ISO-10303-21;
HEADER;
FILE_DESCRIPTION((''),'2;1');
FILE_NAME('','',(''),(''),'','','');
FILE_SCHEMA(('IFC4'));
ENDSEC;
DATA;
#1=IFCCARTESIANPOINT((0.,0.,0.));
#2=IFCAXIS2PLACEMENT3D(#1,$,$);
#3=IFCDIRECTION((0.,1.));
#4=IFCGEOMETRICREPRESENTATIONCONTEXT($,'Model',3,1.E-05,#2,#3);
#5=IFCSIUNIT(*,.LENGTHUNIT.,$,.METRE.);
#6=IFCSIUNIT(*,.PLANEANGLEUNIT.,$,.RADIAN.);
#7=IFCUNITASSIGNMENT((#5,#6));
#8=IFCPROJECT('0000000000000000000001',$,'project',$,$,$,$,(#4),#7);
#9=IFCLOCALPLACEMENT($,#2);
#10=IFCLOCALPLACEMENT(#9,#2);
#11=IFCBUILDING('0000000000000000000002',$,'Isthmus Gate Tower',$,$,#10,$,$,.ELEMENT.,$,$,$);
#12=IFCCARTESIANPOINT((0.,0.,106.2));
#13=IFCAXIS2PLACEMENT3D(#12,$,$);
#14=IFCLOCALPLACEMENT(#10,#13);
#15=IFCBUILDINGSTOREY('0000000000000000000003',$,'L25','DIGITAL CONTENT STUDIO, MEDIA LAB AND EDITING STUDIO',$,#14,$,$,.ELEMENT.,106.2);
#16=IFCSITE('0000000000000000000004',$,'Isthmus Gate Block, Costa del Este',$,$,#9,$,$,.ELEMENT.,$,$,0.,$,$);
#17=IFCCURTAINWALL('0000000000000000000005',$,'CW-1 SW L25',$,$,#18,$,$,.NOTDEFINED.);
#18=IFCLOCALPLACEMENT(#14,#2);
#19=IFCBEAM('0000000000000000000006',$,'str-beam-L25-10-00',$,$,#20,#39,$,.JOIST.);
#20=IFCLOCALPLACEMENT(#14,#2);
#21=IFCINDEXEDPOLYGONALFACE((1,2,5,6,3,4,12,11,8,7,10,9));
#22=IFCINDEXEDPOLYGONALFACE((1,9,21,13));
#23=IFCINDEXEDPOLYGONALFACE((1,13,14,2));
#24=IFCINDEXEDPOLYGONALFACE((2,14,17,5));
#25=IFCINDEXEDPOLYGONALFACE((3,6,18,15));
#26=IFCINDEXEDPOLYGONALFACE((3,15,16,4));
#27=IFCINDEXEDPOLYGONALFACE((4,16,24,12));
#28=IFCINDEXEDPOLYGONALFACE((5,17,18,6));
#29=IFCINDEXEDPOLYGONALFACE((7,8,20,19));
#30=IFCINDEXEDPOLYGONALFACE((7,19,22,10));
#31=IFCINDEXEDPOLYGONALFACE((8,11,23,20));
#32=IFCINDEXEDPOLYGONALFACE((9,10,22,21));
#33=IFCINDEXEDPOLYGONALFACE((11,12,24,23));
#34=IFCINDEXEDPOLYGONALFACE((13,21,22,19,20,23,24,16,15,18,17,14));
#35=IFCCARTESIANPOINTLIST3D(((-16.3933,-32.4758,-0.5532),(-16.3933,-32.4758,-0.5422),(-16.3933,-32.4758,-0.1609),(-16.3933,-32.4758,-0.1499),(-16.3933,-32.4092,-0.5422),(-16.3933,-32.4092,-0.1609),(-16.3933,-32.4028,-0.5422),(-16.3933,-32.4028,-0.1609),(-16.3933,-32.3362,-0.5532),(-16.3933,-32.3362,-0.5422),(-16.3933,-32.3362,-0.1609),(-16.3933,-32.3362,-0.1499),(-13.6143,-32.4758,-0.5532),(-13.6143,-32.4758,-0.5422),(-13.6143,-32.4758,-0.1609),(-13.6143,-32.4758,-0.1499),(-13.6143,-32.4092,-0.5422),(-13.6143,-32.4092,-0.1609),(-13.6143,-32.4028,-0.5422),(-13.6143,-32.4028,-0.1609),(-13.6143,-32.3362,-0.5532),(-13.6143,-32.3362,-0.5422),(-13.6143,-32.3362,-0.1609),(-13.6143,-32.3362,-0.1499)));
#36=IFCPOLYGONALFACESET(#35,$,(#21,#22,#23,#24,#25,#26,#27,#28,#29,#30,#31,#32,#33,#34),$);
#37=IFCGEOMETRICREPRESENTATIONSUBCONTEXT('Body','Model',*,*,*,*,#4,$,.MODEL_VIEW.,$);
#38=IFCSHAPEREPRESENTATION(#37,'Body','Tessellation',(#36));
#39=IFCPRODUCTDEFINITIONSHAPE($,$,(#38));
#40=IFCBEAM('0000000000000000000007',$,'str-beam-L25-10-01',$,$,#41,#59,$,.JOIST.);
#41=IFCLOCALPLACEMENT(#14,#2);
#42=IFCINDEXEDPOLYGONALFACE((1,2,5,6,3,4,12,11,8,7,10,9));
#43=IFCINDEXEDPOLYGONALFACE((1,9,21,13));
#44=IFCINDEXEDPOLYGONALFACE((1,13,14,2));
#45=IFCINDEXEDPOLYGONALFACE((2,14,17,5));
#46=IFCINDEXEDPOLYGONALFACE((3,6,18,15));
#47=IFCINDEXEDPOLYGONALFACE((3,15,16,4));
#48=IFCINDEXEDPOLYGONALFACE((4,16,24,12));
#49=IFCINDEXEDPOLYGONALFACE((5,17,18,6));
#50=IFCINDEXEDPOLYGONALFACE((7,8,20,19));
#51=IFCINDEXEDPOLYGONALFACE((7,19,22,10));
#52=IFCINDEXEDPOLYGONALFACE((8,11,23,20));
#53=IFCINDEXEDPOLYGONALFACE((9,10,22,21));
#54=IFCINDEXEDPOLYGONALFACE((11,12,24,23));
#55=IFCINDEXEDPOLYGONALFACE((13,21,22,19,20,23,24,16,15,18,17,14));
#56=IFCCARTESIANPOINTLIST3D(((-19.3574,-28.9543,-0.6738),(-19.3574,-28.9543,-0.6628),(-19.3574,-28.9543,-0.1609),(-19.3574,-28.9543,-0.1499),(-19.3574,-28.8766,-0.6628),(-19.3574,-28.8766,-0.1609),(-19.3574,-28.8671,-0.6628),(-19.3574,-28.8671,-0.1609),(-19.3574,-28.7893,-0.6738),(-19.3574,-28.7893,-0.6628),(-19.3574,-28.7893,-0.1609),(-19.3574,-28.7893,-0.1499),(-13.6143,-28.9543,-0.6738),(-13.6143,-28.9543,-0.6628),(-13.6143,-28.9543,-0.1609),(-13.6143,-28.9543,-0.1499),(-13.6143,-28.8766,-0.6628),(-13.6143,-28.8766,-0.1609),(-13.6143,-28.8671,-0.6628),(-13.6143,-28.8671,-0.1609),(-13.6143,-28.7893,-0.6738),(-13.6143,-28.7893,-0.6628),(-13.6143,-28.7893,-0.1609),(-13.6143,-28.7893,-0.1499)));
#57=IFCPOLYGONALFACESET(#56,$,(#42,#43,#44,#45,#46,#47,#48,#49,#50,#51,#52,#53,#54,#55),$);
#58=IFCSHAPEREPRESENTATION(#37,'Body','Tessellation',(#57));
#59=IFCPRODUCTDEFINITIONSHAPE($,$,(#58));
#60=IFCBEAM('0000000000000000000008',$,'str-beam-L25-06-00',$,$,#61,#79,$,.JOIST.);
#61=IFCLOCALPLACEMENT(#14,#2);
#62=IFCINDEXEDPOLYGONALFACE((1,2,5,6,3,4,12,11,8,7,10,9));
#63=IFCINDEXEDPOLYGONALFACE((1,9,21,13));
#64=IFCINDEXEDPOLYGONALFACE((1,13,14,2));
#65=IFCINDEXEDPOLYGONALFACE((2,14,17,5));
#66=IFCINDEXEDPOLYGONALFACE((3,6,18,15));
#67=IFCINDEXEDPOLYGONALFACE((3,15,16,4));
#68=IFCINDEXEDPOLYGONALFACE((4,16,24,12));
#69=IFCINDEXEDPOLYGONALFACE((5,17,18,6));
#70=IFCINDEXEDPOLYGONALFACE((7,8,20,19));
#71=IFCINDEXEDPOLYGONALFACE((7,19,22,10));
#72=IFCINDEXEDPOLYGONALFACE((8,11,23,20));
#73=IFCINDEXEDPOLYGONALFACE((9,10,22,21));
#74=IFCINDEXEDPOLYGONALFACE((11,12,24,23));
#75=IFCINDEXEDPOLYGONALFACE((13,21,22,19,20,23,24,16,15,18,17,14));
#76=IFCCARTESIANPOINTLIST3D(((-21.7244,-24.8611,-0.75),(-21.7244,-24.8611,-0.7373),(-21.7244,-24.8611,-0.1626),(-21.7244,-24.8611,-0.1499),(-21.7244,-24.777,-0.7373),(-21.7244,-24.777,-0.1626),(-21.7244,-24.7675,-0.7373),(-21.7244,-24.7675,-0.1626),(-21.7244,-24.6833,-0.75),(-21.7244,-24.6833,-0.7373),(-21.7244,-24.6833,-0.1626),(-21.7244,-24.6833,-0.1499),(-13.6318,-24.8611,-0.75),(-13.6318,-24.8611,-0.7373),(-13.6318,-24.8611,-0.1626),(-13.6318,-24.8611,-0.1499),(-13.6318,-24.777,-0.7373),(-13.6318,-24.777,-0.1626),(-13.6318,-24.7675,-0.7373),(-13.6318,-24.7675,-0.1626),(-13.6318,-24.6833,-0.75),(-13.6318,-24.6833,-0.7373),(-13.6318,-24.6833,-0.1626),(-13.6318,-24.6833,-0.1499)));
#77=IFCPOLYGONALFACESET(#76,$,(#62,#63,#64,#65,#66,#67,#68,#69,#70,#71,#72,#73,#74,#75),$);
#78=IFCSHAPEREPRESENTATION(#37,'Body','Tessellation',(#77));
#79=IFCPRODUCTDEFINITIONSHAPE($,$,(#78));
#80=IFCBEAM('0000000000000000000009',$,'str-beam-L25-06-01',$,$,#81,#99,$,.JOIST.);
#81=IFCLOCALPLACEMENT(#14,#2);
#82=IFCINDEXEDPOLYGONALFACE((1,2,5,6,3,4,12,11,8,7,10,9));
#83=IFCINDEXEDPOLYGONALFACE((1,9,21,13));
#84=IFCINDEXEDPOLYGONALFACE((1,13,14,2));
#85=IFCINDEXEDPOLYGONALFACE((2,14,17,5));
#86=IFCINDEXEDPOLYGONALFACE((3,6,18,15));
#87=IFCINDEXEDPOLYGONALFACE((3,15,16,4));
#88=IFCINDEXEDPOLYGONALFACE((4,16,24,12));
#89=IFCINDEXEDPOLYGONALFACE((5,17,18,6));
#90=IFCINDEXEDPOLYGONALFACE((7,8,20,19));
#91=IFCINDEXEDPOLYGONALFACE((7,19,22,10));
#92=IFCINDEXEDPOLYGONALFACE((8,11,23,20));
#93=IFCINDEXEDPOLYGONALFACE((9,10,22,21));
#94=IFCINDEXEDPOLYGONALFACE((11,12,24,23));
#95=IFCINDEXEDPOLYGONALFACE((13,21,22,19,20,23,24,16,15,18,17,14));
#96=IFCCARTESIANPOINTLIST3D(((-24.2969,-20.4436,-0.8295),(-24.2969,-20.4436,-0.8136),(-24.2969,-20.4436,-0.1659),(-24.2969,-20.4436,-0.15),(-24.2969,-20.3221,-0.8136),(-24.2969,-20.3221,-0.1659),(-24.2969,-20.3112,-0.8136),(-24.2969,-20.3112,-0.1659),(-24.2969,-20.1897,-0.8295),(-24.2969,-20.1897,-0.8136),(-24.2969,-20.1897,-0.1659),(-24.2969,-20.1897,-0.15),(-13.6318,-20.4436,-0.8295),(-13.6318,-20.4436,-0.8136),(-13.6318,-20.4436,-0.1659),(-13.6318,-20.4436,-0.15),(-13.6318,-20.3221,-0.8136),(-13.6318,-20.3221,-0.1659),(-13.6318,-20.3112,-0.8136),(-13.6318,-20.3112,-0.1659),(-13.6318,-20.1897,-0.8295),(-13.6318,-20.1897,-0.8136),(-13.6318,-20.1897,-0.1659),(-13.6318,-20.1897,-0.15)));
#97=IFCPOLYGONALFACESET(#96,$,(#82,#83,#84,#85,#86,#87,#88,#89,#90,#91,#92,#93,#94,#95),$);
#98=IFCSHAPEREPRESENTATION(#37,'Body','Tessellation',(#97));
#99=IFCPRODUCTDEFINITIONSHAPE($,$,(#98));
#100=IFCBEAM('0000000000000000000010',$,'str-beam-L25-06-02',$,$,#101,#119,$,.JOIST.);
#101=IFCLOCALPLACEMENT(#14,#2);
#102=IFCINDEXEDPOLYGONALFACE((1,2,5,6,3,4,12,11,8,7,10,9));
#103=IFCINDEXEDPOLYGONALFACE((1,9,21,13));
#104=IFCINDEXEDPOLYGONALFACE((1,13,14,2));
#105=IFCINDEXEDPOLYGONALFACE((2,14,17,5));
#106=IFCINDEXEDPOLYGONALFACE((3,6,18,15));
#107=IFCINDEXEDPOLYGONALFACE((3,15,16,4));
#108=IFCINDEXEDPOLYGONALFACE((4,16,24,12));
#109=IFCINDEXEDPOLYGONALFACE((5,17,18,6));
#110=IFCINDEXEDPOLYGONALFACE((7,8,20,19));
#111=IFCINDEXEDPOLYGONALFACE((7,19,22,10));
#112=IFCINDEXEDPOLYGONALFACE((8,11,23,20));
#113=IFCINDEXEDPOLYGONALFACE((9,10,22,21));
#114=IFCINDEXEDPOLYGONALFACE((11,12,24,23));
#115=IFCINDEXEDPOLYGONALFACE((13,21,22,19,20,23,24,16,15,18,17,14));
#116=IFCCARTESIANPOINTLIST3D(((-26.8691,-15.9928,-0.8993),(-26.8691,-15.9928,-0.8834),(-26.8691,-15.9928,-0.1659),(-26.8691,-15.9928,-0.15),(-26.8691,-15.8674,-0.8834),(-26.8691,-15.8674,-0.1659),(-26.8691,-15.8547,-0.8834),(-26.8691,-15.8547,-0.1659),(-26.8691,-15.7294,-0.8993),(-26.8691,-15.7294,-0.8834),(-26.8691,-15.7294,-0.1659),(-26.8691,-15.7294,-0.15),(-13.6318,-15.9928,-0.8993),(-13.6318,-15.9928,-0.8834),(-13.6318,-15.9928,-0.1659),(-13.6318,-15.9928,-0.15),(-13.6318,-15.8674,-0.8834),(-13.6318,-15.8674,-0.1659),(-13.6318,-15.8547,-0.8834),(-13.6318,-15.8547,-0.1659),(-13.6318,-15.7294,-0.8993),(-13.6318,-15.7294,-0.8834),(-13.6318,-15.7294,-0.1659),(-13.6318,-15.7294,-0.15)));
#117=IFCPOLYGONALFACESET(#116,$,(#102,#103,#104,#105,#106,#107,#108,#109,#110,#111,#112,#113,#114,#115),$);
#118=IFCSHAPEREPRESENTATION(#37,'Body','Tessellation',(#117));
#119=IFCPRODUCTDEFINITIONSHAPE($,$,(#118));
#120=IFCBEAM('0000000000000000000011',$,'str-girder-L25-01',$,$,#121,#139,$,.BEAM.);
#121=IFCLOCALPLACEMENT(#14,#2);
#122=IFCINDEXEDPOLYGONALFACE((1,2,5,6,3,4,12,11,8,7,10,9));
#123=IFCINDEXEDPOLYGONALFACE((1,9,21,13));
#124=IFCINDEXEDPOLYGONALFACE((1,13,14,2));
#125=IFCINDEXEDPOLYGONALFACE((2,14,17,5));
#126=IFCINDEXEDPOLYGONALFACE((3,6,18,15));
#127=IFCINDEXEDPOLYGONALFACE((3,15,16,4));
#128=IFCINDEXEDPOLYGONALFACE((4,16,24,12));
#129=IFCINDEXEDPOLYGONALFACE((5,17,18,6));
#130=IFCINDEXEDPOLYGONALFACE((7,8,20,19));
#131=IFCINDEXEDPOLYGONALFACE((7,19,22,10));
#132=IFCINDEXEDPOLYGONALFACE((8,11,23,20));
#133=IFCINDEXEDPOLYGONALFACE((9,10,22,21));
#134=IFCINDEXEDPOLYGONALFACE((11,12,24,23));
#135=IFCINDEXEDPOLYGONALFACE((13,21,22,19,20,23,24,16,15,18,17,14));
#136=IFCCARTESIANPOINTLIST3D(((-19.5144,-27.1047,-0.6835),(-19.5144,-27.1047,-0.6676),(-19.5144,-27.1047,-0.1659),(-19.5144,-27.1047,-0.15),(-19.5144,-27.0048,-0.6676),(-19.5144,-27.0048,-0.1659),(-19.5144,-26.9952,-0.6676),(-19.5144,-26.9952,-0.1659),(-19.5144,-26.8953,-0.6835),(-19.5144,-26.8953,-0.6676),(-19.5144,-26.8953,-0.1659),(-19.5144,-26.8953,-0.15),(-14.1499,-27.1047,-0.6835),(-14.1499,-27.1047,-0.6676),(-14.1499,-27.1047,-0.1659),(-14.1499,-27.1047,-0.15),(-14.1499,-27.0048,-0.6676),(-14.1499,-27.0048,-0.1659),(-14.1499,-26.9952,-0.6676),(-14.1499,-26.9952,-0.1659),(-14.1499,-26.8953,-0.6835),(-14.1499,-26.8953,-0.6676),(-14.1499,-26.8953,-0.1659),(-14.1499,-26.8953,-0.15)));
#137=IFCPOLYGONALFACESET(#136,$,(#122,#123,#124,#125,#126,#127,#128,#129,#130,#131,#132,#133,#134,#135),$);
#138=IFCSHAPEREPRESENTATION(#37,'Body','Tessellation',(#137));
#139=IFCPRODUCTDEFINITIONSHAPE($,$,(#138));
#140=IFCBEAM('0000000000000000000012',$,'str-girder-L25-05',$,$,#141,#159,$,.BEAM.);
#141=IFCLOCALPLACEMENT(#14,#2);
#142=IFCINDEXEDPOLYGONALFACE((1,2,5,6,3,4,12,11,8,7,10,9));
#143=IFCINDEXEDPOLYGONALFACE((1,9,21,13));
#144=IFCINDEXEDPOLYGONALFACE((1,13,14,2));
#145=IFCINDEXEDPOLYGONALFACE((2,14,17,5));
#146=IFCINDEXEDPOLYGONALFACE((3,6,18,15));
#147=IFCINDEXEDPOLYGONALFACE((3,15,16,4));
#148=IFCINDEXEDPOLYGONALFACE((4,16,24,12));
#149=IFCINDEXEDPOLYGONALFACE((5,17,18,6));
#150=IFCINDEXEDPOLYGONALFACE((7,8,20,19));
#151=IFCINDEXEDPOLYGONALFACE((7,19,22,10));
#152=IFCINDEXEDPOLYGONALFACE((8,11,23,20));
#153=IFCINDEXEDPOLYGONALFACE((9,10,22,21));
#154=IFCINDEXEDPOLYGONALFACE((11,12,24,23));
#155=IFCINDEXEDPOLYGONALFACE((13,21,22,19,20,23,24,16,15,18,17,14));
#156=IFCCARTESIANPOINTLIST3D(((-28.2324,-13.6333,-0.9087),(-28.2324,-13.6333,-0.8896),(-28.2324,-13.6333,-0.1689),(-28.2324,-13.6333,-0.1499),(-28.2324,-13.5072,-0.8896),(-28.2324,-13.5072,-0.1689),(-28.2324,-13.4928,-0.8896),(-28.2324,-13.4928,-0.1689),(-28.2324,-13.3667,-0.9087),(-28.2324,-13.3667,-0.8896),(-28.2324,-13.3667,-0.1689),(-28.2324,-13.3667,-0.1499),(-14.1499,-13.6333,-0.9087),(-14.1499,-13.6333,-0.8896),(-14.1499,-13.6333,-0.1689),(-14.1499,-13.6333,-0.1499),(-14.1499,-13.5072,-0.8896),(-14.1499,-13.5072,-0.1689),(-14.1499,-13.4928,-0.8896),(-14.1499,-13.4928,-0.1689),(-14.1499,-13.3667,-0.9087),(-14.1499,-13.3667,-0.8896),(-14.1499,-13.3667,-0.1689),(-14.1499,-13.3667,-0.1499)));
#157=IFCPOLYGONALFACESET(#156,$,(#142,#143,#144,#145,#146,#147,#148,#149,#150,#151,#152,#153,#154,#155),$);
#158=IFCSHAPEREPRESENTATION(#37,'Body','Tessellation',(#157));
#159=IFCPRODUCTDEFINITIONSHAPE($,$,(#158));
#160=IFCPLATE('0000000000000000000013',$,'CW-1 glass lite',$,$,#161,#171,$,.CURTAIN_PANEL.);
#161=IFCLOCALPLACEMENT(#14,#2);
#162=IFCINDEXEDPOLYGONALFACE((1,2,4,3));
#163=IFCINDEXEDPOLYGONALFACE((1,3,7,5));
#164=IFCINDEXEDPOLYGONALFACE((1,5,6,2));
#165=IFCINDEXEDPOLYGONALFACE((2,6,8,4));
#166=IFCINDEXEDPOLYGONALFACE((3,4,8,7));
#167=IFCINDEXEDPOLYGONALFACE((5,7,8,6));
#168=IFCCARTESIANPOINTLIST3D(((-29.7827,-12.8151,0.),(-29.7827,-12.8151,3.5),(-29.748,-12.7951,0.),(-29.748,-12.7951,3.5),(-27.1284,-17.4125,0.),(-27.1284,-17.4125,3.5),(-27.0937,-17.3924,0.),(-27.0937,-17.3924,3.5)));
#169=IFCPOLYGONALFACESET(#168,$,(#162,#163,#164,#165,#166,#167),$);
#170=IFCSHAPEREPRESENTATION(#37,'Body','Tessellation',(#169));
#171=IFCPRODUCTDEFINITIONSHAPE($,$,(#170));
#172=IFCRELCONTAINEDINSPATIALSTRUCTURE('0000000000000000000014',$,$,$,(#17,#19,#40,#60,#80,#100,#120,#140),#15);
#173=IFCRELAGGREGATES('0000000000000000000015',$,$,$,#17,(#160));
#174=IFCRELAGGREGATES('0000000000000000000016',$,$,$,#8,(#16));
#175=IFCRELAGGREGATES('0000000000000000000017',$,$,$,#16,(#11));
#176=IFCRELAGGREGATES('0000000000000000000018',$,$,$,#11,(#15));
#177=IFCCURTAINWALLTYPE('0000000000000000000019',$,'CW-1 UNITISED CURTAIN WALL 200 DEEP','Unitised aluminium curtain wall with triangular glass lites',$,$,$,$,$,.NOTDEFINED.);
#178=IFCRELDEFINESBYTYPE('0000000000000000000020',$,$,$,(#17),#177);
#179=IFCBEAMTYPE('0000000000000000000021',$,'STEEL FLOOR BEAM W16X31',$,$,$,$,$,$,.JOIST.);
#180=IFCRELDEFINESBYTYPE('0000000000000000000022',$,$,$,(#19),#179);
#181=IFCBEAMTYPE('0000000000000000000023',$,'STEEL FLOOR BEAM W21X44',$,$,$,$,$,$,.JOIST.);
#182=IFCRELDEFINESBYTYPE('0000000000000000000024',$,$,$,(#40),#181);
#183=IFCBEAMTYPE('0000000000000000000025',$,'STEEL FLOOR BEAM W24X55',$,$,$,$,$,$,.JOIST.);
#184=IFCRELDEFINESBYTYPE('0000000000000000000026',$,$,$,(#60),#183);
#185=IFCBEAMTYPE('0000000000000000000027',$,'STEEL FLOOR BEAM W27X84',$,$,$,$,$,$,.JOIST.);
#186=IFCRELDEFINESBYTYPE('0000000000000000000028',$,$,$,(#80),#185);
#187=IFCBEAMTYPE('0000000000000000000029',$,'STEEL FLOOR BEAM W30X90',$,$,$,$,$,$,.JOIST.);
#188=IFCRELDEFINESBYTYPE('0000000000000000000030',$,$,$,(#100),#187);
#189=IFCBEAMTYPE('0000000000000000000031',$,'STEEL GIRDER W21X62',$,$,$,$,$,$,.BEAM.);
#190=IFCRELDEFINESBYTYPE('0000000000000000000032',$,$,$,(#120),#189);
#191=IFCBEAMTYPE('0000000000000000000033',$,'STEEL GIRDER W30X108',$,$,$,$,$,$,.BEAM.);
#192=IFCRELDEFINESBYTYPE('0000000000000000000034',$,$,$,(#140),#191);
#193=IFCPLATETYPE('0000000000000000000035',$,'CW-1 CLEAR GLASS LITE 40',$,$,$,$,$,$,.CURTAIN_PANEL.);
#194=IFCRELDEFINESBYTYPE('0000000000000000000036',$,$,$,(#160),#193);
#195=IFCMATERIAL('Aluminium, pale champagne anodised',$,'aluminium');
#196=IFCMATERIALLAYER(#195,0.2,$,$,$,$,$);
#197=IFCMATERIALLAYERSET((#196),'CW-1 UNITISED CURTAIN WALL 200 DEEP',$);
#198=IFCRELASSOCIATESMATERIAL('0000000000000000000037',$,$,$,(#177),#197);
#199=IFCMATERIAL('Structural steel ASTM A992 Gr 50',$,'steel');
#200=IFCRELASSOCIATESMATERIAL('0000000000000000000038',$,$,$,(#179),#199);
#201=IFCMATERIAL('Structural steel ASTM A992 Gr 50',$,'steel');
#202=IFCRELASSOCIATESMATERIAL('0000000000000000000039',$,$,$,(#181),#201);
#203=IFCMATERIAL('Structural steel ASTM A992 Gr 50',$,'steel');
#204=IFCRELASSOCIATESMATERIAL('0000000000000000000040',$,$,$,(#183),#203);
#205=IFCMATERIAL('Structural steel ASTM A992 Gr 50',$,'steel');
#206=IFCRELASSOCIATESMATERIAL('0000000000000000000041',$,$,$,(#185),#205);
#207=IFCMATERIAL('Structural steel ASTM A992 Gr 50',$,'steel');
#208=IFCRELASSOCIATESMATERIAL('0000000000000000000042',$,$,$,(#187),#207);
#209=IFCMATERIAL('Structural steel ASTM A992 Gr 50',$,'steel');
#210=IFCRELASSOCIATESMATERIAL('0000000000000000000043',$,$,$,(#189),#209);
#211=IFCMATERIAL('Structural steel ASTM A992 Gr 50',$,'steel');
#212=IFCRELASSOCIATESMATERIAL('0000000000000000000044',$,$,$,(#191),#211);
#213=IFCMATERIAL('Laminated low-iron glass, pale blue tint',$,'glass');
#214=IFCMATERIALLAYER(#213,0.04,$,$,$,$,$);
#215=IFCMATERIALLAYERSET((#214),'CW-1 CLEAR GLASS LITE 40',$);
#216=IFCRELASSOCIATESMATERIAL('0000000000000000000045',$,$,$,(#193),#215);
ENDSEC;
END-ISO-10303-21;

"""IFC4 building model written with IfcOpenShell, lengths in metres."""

from ifc_helpers import new_model, si_unit, direction, frame, origin, origin_2d, place, context, subcontext, project, spatial, rectangle, i_section, extrude, material, layer, layer_set, material_profile, profile_set, type_object, element, aggregate, save


model = new_model("IFC4")

# Units and contexts
model_context = context("Model", 3, precision=1e-05, world=origin(), true_north=direction((0.0, 1.0)))
body_context = subcontext(model_context, "Body", "Model", "MODEL_VIEW")
ifc_project = project(units=[si_unit("LENGTHUNIT", "METRE"), si_unit("PLANEANGLEUNIT", "RADIAN")], contexts=[model_context])

# Site, building, storey
site_placement = place(None, origin())
site = spatial("IfcSite", under=ifc_project, at=site_placement, Name="Isthmus Gate Block, Costa del Este", CompositionType="ELEMENT", RefElevation=0.0)
building_placement = place(site_placement, origin())
building = spatial("IfcBuilding", under=site, at=building_placement, Name="Isthmus Gate Tower", CompositionType="ELEMENT")
storey_placement = place(building_placement, frame((0.0, 0.0, 106.2)))
storey = spatial("IfcBuildingStorey", under=building, at=storey_placement, Name="L25", Description="DIGITAL CONTENT STUDIO, MEDIA LAB AND EDITING STUDIO", CompositionType="ELEMENT", Elevation=106.2)

# Curtain wall
ifc_material_1 = material(Name="Aluminium, pale champagne anodised", Category="aluminium")
ifc_layer_1 = layer(ifc_material_1, 0.2)
ifc_layer_set_1 = layer_set([ifc_layer_1], Name="CW-1 UNITISED CURTAIN WALL 200 DEEP")
curtain_wall_type = type_object("IfcCurtainWallType", Name="CW-1 UNITISED CURTAIN WALL 200 DEEP", Description="Unitised aluminium curtain wall with triangular glass lites", PredefinedType="NOTDEFINED", material=ifc_layer_set_1)
curtain_wall_1_placement = place(storey_placement, origin())
curtain_wall_1 = element("IfcCurtainWall", 1, at=curtain_wall_1_placement, inside=storey, type_object=curtain_wall_type, Name="CW-1 SW L25", PredefinedType="NOTDEFINED")

# Beams
ifc_material_2 = material(Name="Structural steel ASTM A992 Gr 50", Category="steel")
ifc_material_profile_1 = material_profile(ifc_material_2, i_section(OverallWidth=0.1396, OverallDepth=0.4033, WebThickness=0.0063, FlangeThickness=0.011, at=origin_2d()), Name="W16X31")
ifc_profile_set_1 = profile_set([ifc_material_profile_1], Name="Structural steel ASTM A992 Gr 50")
beam_type_1 = type_object("IfcBeamType", Name="STEEL FLOOR BEAM W16X31", PredefinedType="JOIST", material=ifc_profile_set_1)
beam_1_placement = place(storey_placement, frame((-16.3933, -32.406, -0.3516), z_axis=(1.0, 0.0, 0.0), x_axis=(0.0, 1.0, 0.0)))
element("IfcBeam", 2, at=beam_1_placement, inside=storey, type_object=beam_type_1, Name="str-beam-L25-10-00", PredefinedType="JOIST", context=body_context, shape_type="SweptSolid", body=[
    extrude(i_section(OverallWidth=0.1396, OverallDepth=0.4033, WebThickness=0.0063, FlangeThickness=0.011, at=origin_2d()), origin(), (0.0, 0.0, 1.0), 2.7791),
])
ifc_material_3 = material(Name="Structural steel ASTM A992 Gr 50", Category="steel")
ifc_material_profile_2 = material_profile(ifc_material_3, i_section(OverallWidth=0.165, OverallDepth=0.5239, WebThickness=0.0095, FlangeThickness=0.011, at=origin_2d()), Name="W21X44")
ifc_profile_set_2 = profile_set([ifc_material_profile_2], Name="Structural steel ASTM A992 Gr 50")
beam_type_2 = type_object("IfcBeamType", Name="STEEL FLOOR BEAM W21X44", PredefinedType="JOIST", material=ifc_profile_set_2)
beam_2_placement = place(storey_placement, frame((-19.3574, -28.8718, -0.4119), z_axis=(1.0, 0.0, 0.0), x_axis=(0.0, 1.0, 0.0)))
element("IfcBeam", 3, at=beam_2_placement, inside=storey, type_object=beam_type_2, Name="str-beam-L25-10-01", PredefinedType="JOIST", context=body_context, shape_type="SweptSolid", body=[
    extrude(i_section(OverallWidth=0.165, OverallDepth=0.5239, WebThickness=0.0095, FlangeThickness=0.011, at=origin_2d()), origin(), (0.0, 0.0, 1.0), 5.7432),
])
ifc_material_4 = material(Name="Structural steel ASTM A992 Gr 50", Category="steel")
ifc_material_profile_3 = material_profile(ifc_material_4, i_section(OverallWidth=0.1777, OverallDepth=0.6001, WebThickness=0.0095, FlangeThickness=0.0127, at=origin_2d()), Name="W24X55")
ifc_profile_set_3 = profile_set([ifc_material_profile_3], Name="Structural steel ASTM A992 Gr 50")
beam_type_3 = type_object("IfcBeamType", Name="STEEL FLOOR BEAM W24X55", PredefinedType="JOIST", material=ifc_profile_set_3)
beam_3_placement = place(storey_placement, frame((-21.7244, -24.7722, -0.45), z_axis=(1.0, 0.0, 0.0), x_axis=(0.0, 1.0, 0.0)))
element("IfcBeam", 4, at=beam_3_placement, inside=storey, type_object=beam_type_3, Name="str-beam-L25-06-00", PredefinedType="JOIST", context=body_context, shape_type="SweptSolid", body=[
    extrude(i_section(OverallWidth=0.1777, OverallDepth=0.6001, WebThickness=0.0095, FlangeThickness=0.0127, at=origin_2d()), origin(), (0.0, 0.0, 1.0), 8.0925),
])
ifc_material_5 = material(Name="Structural steel ASTM A992 Gr 50", Category="steel")
ifc_material_profile_4 = material_profile(ifc_material_5, i_section(OverallWidth=0.2539, OverallDepth=0.6794, WebThickness=0.011, FlangeThickness=0.0159, at=origin_2d()), Name="W27X84")
ifc_profile_set_4 = profile_set([ifc_material_profile_4], Name="Structural steel ASTM A992 Gr 50")
beam_type_4 = type_object("IfcBeamType", Name="STEEL FLOOR BEAM W27X84", PredefinedType="JOIST", material=ifc_profile_set_4)
beam_4_placement = place(storey_placement, frame((-24.2969, -20.3167, -0.4897), z_axis=(1.0, 0.0, 0.0), x_axis=(0.0, 1.0, 0.0)))
element("IfcBeam", 5, at=beam_4_placement, inside=storey, type_object=beam_type_4, Name="str-beam-L25-06-01", PredefinedType="JOIST", context=body_context, shape_type="SweptSolid", body=[
    extrude(i_section(OverallWidth=0.2539, OverallDepth=0.6794, WebThickness=0.011, FlangeThickness=0.0159, at=origin_2d()), origin(), (0.0, 0.0, 1.0), 10.665),
])
ifc_material_6 = material(Name="Structural steel ASTM A992 Gr 50", Category="steel")
ifc_material_profile_5 = material_profile(ifc_material_6, i_section(OverallWidth=0.2634, OverallDepth=0.7493, WebThickness=0.0127, FlangeThickness=0.0159, at=origin_2d()), Name="W30X90")
ifc_profile_set_5 = profile_set([ifc_material_profile_5], Name="Structural steel ASTM A992 Gr 50")
beam_type_5 = type_object("IfcBeamType", Name="STEEL FLOOR BEAM W30X90", PredefinedType="JOIST", material=ifc_profile_set_5)
beam_5_placement = place(storey_placement, frame((-26.8691, -15.8611, -0.5247), z_axis=(1.0, 0.0, 0.0), x_axis=(0.0, 1.0, 0.0)))
element("IfcBeam", 6, at=beam_5_placement, inside=storey, type_object=beam_type_5, Name="str-beam-L25-06-02", PredefinedType="JOIST", context=body_context, shape_type="SweptSolid", body=[
    extrude(i_section(OverallWidth=0.2634, OverallDepth=0.7493, WebThickness=0.0127, FlangeThickness=0.0159, at=origin_2d()), origin(), (0.0, 0.0, 1.0), 13.2373),
])
ifc_material_7 = material(Name="Structural steel ASTM A992 Gr 50", Category="steel")
ifc_material_profile_6 = material_profile(ifc_material_7, i_section(OverallWidth=0.2095, OverallDepth=0.5334, WebThickness=0.0095, FlangeThickness=0.0159, at=origin_2d()), Name="W21X62")
ifc_profile_set_6 = profile_set([ifc_material_profile_6], Name="Structural steel ASTM A992 Gr 50")
beam_type_6 = type_object("IfcBeamType", Name="STEEL GIRDER W21X62", PredefinedType="BEAM", material=ifc_profile_set_6)
beam_6_placement = place(storey_placement, frame((-19.5144, -27.0, -0.4167), z_axis=(1.0, 0.0, 0.0), x_axis=(0.0, 1.0, 0.0)))
element("IfcBeam", 7, at=beam_6_placement, inside=storey, type_object=beam_type_6, Name="str-girder-L25-01", PredefinedType="BEAM", context=body_context, shape_type="SweptSolid", body=[
    extrude(i_section(OverallWidth=0.2095, OverallDepth=0.5334, WebThickness=0.0095, FlangeThickness=0.0159, at=origin_2d()), origin(), (0.0, 0.0, 1.0), 5.3645),
])
ifc_material_8 = material(Name="Structural steel ASTM A992 Gr 50", Category="steel")
ifc_material_profile_7 = material_profile(ifc_material_8, i_section(OverallWidth=0.2666, OverallDepth=0.7588, WebThickness=0.0144, FlangeThickness=0.019, at=origin_2d()), Name="W30X108")
ifc_profile_set_7 = profile_set([ifc_material_profile_7], Name="Structural steel ASTM A992 Gr 50")
beam_type_7 = type_object("IfcBeamType", Name="STEEL GIRDER W30X108", PredefinedType="BEAM", material=ifc_profile_set_7)
beam_7_placement = place(storey_placement, frame((-28.2324, -13.5, -0.5293), z_axis=(1.0, 0.0, 0.0), x_axis=(0.0, 1.0, 0.0)))
element("IfcBeam", 8, at=beam_7_placement, inside=storey, type_object=beam_type_7, Name="str-girder-L25-05", PredefinedType="BEAM", context=body_context, shape_type="SweptSolid", body=[
    extrude(i_section(OverallWidth=0.2666, OverallDepth=0.7588, WebThickness=0.0144, FlangeThickness=0.019, at=origin_2d()), origin(), (0.0, 0.0, 1.0), 14.0825),
])

# Plate
ifc_material_9 = material(Name="Laminated low-iron glass, pale blue tint", Category="glass")
ifc_layer_2 = layer(ifc_material_9, 0.04)
ifc_layer_set_2 = layer_set([ifc_layer_2], Name="CW-1 CLEAR GLASS LITE 40")
plate_type = type_object("IfcPlateType", Name="CW-1 CLEAR GLASS LITE 40", PredefinedType="CURTAIN_PANEL", material=ifc_layer_set_2)
plate_1_placement = place(storey_placement, frame((-28.4382, -15.1038, 0.0), z_axis=(0.0, 0.0, 1.0), x_axis=(0.5, -0.866025, 0.0)))
plate_1 = element("IfcPlate", 9, at=plate_1_placement, type_object=plate_type, Name="CW-1 glass lite", PredefinedType="CURTAIN_PANEL", context=body_context, shape_type="SweptSolid", body=[
    extrude(rectangle(XDim=5.3086, YDim=0.04, at=origin_2d()), origin(), (0.0, 0.0, 1.0), 3.5),
])
aggregate(curtain_wall_1, [plate_1])

save(model, "model.ifc")
